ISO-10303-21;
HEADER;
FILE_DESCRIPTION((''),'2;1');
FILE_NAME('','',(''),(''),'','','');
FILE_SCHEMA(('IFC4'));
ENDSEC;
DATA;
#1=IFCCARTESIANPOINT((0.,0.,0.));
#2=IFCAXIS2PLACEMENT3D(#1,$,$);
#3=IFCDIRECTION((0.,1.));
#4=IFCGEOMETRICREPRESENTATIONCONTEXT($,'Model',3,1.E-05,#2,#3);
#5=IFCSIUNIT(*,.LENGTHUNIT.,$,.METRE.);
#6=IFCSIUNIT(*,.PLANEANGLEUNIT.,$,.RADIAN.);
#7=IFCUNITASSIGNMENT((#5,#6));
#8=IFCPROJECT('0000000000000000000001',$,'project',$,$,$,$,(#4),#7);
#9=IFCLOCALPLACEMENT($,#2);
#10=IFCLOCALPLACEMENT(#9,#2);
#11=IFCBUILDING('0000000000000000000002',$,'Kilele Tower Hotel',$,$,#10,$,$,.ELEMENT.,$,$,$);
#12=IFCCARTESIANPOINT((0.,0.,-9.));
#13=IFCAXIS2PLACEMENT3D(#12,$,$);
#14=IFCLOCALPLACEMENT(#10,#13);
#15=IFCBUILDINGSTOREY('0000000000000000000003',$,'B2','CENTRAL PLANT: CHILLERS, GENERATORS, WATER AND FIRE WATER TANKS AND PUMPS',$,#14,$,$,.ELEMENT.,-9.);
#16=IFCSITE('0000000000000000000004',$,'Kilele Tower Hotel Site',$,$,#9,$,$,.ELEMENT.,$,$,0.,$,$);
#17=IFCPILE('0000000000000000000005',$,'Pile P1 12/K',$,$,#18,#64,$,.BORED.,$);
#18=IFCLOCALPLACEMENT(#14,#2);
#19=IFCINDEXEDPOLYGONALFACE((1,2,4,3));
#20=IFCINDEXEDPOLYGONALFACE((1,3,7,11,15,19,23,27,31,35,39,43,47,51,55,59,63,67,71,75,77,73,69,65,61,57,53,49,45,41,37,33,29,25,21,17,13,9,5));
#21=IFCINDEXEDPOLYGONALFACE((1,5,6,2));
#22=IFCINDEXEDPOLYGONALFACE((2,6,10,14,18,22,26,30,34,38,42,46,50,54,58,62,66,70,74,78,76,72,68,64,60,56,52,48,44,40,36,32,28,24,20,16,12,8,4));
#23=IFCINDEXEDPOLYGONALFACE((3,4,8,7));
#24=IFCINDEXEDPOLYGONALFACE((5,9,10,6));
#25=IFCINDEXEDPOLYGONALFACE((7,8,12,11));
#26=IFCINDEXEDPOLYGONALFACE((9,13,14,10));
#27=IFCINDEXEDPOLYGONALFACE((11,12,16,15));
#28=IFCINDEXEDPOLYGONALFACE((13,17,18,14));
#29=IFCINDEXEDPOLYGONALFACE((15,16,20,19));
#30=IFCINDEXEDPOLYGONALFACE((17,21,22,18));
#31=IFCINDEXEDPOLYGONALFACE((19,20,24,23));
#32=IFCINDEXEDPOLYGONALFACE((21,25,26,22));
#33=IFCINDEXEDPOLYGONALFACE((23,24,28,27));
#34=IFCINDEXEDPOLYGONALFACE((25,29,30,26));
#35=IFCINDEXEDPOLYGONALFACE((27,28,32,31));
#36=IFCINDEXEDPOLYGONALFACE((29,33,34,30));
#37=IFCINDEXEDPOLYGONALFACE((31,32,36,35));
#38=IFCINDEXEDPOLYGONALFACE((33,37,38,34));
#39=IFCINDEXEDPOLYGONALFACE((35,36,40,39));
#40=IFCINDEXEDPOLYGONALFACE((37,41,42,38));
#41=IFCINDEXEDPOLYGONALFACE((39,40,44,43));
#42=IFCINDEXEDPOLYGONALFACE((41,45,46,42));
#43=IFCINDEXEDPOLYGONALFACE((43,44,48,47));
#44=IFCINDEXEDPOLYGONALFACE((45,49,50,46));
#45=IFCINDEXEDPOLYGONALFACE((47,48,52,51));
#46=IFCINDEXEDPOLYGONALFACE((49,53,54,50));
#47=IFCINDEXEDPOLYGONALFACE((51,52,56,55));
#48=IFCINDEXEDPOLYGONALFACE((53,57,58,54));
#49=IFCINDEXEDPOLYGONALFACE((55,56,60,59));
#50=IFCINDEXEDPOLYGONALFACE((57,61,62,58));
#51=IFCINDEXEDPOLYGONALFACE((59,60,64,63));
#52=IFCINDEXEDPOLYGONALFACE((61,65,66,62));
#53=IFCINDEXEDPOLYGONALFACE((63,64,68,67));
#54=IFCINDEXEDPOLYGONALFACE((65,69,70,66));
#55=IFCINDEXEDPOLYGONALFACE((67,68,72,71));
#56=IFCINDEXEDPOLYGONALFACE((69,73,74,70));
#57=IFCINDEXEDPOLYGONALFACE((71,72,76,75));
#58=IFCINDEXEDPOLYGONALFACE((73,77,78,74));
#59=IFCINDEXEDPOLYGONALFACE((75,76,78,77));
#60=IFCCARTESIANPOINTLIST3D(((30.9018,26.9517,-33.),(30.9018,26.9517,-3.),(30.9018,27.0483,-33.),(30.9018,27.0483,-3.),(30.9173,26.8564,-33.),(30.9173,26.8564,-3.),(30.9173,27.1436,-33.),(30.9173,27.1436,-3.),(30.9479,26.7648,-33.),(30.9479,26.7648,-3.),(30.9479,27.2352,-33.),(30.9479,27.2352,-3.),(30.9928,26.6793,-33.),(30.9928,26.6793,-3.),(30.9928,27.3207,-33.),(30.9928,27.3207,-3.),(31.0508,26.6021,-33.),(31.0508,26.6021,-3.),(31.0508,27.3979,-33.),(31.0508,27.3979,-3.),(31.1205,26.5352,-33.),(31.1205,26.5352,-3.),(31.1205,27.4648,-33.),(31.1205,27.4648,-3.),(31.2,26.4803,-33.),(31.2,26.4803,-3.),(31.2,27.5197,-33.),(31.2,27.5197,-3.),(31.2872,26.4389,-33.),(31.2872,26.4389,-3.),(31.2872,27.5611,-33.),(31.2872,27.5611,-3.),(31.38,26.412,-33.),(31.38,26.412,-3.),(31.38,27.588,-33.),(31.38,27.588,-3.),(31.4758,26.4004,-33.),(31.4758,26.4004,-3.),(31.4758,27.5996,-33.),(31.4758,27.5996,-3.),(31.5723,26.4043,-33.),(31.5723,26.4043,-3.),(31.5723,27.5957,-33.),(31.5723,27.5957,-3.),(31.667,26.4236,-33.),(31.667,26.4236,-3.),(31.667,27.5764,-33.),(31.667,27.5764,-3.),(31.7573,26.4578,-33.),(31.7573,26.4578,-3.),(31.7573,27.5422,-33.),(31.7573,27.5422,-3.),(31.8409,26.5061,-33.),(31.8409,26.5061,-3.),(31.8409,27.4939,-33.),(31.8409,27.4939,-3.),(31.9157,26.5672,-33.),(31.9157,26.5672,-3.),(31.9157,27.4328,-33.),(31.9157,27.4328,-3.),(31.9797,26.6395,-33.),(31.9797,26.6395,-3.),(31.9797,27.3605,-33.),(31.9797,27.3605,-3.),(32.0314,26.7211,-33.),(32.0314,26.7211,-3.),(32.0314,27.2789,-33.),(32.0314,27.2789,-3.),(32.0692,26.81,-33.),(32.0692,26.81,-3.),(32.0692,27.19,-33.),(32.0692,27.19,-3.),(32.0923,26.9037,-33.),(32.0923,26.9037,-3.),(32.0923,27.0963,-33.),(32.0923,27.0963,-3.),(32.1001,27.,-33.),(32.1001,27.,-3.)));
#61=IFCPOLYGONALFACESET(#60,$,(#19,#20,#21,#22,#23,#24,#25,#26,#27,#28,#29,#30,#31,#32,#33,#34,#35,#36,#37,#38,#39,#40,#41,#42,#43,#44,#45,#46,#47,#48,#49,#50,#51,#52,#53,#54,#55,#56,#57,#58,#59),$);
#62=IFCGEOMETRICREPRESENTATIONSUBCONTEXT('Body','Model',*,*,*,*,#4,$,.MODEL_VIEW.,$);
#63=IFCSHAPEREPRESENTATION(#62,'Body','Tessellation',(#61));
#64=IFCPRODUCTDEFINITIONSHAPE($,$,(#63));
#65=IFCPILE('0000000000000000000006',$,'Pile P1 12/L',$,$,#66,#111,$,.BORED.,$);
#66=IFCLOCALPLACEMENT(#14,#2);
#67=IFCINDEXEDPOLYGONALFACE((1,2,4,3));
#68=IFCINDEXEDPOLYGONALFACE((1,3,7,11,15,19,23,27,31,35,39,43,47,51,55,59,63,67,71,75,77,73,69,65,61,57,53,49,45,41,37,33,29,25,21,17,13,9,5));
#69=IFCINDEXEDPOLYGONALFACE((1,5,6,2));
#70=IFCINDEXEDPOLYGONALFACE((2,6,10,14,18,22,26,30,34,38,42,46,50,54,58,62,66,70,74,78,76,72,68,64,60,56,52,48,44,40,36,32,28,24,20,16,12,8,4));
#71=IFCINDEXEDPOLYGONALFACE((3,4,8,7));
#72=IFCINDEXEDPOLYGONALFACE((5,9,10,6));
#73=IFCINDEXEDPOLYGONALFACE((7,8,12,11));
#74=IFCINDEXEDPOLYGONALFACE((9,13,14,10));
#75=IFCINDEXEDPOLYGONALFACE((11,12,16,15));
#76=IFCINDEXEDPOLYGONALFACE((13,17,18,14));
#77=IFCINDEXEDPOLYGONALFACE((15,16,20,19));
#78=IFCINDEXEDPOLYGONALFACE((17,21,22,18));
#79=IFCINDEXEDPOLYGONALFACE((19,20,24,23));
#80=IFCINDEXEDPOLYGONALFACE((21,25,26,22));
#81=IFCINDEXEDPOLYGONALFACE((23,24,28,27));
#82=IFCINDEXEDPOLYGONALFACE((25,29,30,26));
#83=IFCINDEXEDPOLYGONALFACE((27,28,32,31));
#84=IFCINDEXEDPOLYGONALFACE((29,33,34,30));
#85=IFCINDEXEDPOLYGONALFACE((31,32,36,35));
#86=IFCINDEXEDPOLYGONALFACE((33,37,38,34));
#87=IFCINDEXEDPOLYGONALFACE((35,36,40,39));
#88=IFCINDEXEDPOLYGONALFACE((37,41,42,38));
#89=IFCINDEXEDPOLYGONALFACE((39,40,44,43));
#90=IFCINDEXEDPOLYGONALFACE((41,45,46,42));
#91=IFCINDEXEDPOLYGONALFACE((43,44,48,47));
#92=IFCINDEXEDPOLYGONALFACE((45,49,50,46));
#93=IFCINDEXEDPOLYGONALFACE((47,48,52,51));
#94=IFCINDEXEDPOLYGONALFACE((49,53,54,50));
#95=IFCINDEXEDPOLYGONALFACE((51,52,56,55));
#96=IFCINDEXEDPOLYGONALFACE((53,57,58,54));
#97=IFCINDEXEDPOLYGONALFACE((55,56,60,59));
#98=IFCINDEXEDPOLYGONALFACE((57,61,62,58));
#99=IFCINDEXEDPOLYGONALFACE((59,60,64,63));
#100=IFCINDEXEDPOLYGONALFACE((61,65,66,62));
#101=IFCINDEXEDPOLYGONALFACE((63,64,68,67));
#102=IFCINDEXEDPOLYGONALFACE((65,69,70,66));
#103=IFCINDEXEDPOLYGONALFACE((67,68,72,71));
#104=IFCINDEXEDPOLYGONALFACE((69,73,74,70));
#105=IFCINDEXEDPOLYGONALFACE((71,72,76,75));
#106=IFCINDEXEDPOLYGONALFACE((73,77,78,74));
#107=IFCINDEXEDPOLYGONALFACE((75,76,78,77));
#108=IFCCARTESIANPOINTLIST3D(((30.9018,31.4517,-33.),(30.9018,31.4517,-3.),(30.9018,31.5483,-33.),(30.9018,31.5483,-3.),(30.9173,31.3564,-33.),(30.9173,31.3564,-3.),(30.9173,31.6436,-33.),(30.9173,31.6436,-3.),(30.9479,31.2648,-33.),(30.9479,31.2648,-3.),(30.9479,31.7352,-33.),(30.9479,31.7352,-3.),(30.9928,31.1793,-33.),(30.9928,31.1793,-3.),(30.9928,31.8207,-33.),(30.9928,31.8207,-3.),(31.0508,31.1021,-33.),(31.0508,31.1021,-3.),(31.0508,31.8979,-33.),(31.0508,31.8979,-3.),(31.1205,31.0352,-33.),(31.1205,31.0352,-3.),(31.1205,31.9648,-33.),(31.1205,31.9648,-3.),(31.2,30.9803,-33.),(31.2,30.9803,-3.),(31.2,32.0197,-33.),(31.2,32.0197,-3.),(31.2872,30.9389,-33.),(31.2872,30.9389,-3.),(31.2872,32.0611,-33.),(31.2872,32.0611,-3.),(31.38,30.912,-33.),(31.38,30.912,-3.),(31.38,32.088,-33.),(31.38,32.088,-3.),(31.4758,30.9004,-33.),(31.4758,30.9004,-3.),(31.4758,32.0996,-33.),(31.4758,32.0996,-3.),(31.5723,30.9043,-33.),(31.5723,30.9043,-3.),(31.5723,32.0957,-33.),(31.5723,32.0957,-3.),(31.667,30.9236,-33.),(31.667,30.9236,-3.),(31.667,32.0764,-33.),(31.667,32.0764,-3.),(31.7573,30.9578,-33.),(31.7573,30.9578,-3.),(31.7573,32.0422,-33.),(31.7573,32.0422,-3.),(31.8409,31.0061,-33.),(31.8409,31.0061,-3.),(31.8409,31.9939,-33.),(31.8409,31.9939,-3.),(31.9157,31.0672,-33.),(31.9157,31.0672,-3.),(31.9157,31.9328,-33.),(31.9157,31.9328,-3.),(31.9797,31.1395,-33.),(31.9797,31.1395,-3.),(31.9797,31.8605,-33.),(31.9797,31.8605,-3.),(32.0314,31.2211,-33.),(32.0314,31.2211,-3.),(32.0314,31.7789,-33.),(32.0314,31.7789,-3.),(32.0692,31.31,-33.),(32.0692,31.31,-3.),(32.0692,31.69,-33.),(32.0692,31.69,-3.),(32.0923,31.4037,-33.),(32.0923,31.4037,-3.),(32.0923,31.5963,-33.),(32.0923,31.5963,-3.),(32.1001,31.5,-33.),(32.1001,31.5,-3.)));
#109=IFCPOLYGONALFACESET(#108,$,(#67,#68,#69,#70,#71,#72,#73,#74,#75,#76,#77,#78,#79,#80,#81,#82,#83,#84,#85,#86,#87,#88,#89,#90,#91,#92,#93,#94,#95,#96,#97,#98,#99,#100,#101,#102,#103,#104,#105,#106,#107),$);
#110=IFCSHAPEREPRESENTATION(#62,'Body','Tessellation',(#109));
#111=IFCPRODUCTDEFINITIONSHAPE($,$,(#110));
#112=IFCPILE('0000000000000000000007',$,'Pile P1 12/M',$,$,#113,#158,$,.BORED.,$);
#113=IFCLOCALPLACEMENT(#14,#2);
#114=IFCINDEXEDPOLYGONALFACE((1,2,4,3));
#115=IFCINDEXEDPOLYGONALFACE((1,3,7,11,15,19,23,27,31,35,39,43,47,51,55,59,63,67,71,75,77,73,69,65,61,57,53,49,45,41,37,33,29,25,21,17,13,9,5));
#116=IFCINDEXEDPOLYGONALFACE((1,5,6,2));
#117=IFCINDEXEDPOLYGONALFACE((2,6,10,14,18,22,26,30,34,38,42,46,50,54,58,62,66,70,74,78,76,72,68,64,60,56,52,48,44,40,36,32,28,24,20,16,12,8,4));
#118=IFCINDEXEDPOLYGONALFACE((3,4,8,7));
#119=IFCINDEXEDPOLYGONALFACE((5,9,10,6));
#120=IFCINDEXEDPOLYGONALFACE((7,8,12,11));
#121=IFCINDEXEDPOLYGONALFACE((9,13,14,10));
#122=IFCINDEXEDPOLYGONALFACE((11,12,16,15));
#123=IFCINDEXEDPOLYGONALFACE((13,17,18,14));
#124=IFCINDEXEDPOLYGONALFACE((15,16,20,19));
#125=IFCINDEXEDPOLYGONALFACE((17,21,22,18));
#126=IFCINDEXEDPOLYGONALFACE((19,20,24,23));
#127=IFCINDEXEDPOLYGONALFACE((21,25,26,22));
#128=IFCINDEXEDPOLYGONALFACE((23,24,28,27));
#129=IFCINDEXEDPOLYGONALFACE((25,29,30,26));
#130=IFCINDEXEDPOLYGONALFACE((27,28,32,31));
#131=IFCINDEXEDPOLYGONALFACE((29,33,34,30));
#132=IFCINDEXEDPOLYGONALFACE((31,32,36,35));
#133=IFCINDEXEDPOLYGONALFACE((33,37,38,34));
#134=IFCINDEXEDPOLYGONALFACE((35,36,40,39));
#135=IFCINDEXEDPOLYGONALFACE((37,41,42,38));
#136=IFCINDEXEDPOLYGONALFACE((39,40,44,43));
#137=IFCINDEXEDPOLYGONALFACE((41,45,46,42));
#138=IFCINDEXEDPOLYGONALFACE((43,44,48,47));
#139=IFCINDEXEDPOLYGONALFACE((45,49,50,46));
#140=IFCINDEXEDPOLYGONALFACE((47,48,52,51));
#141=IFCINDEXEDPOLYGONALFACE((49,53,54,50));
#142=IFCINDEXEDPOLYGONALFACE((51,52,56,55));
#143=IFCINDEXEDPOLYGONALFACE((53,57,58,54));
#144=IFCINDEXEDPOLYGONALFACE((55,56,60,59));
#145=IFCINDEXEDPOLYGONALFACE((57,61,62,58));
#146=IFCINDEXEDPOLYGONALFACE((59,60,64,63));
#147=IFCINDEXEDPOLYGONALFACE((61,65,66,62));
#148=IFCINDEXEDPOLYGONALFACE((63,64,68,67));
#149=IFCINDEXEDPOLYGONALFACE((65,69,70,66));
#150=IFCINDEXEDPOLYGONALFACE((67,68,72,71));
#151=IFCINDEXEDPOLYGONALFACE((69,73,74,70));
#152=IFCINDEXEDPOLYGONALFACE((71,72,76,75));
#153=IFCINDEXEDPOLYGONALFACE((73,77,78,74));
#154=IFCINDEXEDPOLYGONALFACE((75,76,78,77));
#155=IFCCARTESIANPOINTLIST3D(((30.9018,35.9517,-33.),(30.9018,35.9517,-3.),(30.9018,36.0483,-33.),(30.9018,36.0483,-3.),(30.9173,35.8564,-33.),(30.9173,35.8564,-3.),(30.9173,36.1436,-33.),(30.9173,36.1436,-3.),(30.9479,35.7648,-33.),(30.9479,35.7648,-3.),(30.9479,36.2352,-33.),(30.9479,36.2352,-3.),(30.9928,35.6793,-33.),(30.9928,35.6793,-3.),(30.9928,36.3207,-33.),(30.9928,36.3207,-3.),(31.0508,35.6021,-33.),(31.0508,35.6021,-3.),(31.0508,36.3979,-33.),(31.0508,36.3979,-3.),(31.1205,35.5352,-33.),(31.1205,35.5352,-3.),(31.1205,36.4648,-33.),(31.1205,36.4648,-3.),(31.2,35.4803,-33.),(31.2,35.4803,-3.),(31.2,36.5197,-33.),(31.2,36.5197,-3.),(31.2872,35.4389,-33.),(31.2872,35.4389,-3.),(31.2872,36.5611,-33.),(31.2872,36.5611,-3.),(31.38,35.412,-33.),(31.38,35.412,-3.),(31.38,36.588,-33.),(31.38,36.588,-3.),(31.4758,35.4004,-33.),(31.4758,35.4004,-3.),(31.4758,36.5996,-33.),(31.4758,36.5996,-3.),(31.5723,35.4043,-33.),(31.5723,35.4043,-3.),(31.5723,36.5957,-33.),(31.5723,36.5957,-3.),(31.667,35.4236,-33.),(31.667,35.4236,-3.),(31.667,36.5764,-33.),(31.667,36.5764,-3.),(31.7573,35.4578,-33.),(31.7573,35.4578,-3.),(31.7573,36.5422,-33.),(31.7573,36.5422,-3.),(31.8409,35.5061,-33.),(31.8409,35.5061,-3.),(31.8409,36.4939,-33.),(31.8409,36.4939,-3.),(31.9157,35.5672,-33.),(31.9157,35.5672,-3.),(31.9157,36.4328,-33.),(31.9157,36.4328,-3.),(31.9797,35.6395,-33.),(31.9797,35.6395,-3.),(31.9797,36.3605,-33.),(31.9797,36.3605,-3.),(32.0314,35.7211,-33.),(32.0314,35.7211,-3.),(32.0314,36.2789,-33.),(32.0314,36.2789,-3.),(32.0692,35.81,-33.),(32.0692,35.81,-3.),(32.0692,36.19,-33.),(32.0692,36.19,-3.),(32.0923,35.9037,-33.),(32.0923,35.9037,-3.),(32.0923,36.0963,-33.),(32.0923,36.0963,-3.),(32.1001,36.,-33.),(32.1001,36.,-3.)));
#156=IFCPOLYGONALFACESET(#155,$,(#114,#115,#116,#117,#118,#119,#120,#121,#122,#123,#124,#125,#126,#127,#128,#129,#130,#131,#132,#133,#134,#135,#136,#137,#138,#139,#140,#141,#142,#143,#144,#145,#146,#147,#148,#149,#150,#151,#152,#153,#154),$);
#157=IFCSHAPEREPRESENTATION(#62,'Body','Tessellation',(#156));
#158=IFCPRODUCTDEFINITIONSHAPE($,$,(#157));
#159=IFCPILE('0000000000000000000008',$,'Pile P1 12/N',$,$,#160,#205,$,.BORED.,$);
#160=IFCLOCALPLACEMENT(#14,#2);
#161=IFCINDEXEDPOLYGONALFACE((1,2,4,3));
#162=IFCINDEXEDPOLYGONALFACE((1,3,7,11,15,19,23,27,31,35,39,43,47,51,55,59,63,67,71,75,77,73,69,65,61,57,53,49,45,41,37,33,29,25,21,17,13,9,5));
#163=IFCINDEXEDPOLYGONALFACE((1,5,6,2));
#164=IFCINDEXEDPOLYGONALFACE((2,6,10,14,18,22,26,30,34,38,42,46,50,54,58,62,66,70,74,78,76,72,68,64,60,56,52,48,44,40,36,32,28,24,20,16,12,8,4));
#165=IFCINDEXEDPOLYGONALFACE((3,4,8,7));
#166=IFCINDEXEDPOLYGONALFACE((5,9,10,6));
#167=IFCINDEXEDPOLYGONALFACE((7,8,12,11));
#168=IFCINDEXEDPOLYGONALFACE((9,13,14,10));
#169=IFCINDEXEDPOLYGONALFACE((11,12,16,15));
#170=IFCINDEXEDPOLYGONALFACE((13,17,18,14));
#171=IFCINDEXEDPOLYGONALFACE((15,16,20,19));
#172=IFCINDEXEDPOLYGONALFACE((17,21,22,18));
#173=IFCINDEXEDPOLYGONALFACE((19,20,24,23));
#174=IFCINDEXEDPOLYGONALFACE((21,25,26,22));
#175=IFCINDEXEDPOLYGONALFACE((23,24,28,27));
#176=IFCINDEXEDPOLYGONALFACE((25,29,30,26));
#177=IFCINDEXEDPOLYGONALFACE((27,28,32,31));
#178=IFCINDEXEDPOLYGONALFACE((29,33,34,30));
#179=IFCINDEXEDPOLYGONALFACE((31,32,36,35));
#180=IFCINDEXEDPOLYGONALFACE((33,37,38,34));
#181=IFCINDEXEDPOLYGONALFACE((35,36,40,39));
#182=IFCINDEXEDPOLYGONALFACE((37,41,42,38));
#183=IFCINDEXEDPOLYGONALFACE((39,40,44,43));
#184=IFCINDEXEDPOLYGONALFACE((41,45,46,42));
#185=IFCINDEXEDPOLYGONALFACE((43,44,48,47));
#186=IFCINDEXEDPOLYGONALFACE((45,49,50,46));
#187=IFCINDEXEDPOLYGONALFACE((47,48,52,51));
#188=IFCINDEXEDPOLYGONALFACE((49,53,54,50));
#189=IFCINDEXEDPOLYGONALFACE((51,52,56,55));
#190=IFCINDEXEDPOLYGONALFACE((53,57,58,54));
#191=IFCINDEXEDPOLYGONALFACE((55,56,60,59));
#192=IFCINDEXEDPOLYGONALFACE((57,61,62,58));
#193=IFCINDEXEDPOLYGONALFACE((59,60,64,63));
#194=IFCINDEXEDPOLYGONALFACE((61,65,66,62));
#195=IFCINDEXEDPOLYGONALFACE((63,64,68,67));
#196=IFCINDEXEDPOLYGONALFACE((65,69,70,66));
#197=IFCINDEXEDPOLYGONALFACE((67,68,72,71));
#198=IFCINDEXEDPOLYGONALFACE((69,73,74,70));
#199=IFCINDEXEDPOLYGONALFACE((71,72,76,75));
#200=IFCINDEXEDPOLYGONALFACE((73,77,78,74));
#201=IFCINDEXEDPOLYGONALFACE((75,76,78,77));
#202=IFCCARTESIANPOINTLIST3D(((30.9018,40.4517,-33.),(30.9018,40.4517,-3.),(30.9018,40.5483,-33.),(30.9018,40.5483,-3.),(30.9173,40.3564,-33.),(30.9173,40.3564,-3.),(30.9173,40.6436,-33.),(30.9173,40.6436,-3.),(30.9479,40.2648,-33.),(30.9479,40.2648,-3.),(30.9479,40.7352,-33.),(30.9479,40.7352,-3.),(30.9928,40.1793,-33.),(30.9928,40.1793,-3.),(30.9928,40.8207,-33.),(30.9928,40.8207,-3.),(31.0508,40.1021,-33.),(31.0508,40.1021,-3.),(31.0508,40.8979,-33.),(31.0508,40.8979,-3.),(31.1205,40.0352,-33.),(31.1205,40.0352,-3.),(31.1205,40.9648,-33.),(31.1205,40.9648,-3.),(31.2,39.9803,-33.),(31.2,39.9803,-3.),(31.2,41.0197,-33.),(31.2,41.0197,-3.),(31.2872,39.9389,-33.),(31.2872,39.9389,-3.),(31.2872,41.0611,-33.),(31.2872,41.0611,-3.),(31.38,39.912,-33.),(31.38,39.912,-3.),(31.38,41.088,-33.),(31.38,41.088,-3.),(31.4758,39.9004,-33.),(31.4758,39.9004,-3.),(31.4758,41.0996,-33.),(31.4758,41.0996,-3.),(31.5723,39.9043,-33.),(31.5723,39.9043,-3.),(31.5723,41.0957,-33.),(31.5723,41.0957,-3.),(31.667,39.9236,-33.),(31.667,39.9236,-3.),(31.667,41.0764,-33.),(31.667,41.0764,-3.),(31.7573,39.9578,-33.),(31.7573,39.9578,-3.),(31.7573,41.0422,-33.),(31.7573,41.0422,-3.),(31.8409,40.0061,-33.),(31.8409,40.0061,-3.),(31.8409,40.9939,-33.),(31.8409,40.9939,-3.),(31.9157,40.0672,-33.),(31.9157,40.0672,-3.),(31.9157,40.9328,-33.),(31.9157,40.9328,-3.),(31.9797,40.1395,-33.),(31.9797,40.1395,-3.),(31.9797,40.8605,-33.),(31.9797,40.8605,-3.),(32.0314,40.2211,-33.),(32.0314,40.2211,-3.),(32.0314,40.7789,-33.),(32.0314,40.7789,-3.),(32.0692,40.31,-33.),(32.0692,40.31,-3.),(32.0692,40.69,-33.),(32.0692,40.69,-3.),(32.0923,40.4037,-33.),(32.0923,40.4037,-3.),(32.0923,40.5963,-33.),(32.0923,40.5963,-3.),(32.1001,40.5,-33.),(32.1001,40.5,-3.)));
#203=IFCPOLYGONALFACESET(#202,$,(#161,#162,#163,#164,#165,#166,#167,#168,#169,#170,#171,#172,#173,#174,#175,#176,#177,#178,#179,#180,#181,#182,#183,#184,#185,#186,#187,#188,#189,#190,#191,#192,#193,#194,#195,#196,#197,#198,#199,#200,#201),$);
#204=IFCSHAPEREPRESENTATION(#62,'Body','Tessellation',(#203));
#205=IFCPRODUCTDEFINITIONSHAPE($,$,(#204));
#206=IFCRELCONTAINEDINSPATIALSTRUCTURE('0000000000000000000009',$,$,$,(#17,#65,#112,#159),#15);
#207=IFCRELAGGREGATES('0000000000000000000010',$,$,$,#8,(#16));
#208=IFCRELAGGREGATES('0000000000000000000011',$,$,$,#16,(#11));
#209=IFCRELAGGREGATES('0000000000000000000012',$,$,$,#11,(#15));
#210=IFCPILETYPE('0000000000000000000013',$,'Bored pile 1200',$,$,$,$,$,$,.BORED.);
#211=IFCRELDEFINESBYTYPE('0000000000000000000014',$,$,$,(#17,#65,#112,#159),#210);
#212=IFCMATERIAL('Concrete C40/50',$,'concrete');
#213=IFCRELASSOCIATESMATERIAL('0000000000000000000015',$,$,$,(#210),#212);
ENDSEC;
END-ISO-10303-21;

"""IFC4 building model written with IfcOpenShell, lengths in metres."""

from ifc_helpers import new_model, si_unit, direction, frame, origin, origin_2d, place, context, subcontext, project, spatial, circle, extrude, material, material_profile, profile_set, type_object, element, save


model = new_model("IFC4")

# Units and contexts
model_context = context("Model", 3, precision=1e-05, world=origin(), true_north=direction((0.0, 1.0)))
body_context = subcontext(model_context, "Body", "Model", "MODEL_VIEW")
ifc_project = project(units=[si_unit("LENGTHUNIT", "METRE"), si_unit("PLANEANGLEUNIT", "RADIAN")], contexts=[model_context])

# Site, building, storey
site_placement = place(None, origin())
site = spatial("IfcSite", under=ifc_project, at=site_placement, Name="Kilele Tower Hotel Site", CompositionType="ELEMENT", RefElevation=0.0)
building_placement = place(site_placement, origin())
building = spatial("IfcBuilding", under=site, at=building_placement, Name="Kilele Tower Hotel", CompositionType="ELEMENT")
storey_placement = place(building_placement, frame((0.0, 0.0, -9.0)))
storey = spatial("IfcBuildingStorey", under=building, at=storey_placement, Name="B2", Description="CENTRAL PLANT: CHILLERS, GENERATORS, WATER AND FIRE WATER TANKS AND PUMPS", CompositionType="ELEMENT", Elevation=-9.0)

# Piles
ifc_material_1 = material(Name="Concrete C40/50", Category="concrete")
ifc_material_profile_1 = material_profile(ifc_material_1, circle(Radius=0.6001, at=origin_2d()))
ifc_profile_set_1 = profile_set([ifc_material_profile_1], Name="Concrete C40/50")
pile_type = type_object("IfcPileType", Name="Bored pile 1200", PredefinedType="BORED", material=ifc_profile_set_1)
for number, where, z_axis, x_axis, name in (
    (1, (31.5, 27.0, -3.0), (0.0, 0.0, -1.0), (1.0, 0.0, 0.0), "Pile P1 12/K"),
    (2, (31.5, 31.5, -3.0), (0.0, 0.0, -1.0), (1.0, 0.0, 0.0), "Pile P1 12/L"),
    (3, (31.5, 36.0, -3.0), (0.0, 0.0, -1.0), (1.0, 0.0, 0.0), "Pile P1 12/M"),
    (4, (31.5, 40.5, -3.0), (0.0, 0.0, -1.0), (1.0, 0.0, 0.0), "Pile P1 12/N"),
):
    element("IfcPile", number, at=place(storey_placement, frame(where, z_axis=z_axis, x_axis=x_axis)), inside=storey, type_object=pile_type, Name=name, PredefinedType="BORED", context=body_context, shape_type="SweptSolid", body=[
        extrude(circle(Radius=0.6001, at=origin_2d()), origin(), (0.0, 0.0, 1.0), 30.0),
    ])

save(model, "model.ifc")
